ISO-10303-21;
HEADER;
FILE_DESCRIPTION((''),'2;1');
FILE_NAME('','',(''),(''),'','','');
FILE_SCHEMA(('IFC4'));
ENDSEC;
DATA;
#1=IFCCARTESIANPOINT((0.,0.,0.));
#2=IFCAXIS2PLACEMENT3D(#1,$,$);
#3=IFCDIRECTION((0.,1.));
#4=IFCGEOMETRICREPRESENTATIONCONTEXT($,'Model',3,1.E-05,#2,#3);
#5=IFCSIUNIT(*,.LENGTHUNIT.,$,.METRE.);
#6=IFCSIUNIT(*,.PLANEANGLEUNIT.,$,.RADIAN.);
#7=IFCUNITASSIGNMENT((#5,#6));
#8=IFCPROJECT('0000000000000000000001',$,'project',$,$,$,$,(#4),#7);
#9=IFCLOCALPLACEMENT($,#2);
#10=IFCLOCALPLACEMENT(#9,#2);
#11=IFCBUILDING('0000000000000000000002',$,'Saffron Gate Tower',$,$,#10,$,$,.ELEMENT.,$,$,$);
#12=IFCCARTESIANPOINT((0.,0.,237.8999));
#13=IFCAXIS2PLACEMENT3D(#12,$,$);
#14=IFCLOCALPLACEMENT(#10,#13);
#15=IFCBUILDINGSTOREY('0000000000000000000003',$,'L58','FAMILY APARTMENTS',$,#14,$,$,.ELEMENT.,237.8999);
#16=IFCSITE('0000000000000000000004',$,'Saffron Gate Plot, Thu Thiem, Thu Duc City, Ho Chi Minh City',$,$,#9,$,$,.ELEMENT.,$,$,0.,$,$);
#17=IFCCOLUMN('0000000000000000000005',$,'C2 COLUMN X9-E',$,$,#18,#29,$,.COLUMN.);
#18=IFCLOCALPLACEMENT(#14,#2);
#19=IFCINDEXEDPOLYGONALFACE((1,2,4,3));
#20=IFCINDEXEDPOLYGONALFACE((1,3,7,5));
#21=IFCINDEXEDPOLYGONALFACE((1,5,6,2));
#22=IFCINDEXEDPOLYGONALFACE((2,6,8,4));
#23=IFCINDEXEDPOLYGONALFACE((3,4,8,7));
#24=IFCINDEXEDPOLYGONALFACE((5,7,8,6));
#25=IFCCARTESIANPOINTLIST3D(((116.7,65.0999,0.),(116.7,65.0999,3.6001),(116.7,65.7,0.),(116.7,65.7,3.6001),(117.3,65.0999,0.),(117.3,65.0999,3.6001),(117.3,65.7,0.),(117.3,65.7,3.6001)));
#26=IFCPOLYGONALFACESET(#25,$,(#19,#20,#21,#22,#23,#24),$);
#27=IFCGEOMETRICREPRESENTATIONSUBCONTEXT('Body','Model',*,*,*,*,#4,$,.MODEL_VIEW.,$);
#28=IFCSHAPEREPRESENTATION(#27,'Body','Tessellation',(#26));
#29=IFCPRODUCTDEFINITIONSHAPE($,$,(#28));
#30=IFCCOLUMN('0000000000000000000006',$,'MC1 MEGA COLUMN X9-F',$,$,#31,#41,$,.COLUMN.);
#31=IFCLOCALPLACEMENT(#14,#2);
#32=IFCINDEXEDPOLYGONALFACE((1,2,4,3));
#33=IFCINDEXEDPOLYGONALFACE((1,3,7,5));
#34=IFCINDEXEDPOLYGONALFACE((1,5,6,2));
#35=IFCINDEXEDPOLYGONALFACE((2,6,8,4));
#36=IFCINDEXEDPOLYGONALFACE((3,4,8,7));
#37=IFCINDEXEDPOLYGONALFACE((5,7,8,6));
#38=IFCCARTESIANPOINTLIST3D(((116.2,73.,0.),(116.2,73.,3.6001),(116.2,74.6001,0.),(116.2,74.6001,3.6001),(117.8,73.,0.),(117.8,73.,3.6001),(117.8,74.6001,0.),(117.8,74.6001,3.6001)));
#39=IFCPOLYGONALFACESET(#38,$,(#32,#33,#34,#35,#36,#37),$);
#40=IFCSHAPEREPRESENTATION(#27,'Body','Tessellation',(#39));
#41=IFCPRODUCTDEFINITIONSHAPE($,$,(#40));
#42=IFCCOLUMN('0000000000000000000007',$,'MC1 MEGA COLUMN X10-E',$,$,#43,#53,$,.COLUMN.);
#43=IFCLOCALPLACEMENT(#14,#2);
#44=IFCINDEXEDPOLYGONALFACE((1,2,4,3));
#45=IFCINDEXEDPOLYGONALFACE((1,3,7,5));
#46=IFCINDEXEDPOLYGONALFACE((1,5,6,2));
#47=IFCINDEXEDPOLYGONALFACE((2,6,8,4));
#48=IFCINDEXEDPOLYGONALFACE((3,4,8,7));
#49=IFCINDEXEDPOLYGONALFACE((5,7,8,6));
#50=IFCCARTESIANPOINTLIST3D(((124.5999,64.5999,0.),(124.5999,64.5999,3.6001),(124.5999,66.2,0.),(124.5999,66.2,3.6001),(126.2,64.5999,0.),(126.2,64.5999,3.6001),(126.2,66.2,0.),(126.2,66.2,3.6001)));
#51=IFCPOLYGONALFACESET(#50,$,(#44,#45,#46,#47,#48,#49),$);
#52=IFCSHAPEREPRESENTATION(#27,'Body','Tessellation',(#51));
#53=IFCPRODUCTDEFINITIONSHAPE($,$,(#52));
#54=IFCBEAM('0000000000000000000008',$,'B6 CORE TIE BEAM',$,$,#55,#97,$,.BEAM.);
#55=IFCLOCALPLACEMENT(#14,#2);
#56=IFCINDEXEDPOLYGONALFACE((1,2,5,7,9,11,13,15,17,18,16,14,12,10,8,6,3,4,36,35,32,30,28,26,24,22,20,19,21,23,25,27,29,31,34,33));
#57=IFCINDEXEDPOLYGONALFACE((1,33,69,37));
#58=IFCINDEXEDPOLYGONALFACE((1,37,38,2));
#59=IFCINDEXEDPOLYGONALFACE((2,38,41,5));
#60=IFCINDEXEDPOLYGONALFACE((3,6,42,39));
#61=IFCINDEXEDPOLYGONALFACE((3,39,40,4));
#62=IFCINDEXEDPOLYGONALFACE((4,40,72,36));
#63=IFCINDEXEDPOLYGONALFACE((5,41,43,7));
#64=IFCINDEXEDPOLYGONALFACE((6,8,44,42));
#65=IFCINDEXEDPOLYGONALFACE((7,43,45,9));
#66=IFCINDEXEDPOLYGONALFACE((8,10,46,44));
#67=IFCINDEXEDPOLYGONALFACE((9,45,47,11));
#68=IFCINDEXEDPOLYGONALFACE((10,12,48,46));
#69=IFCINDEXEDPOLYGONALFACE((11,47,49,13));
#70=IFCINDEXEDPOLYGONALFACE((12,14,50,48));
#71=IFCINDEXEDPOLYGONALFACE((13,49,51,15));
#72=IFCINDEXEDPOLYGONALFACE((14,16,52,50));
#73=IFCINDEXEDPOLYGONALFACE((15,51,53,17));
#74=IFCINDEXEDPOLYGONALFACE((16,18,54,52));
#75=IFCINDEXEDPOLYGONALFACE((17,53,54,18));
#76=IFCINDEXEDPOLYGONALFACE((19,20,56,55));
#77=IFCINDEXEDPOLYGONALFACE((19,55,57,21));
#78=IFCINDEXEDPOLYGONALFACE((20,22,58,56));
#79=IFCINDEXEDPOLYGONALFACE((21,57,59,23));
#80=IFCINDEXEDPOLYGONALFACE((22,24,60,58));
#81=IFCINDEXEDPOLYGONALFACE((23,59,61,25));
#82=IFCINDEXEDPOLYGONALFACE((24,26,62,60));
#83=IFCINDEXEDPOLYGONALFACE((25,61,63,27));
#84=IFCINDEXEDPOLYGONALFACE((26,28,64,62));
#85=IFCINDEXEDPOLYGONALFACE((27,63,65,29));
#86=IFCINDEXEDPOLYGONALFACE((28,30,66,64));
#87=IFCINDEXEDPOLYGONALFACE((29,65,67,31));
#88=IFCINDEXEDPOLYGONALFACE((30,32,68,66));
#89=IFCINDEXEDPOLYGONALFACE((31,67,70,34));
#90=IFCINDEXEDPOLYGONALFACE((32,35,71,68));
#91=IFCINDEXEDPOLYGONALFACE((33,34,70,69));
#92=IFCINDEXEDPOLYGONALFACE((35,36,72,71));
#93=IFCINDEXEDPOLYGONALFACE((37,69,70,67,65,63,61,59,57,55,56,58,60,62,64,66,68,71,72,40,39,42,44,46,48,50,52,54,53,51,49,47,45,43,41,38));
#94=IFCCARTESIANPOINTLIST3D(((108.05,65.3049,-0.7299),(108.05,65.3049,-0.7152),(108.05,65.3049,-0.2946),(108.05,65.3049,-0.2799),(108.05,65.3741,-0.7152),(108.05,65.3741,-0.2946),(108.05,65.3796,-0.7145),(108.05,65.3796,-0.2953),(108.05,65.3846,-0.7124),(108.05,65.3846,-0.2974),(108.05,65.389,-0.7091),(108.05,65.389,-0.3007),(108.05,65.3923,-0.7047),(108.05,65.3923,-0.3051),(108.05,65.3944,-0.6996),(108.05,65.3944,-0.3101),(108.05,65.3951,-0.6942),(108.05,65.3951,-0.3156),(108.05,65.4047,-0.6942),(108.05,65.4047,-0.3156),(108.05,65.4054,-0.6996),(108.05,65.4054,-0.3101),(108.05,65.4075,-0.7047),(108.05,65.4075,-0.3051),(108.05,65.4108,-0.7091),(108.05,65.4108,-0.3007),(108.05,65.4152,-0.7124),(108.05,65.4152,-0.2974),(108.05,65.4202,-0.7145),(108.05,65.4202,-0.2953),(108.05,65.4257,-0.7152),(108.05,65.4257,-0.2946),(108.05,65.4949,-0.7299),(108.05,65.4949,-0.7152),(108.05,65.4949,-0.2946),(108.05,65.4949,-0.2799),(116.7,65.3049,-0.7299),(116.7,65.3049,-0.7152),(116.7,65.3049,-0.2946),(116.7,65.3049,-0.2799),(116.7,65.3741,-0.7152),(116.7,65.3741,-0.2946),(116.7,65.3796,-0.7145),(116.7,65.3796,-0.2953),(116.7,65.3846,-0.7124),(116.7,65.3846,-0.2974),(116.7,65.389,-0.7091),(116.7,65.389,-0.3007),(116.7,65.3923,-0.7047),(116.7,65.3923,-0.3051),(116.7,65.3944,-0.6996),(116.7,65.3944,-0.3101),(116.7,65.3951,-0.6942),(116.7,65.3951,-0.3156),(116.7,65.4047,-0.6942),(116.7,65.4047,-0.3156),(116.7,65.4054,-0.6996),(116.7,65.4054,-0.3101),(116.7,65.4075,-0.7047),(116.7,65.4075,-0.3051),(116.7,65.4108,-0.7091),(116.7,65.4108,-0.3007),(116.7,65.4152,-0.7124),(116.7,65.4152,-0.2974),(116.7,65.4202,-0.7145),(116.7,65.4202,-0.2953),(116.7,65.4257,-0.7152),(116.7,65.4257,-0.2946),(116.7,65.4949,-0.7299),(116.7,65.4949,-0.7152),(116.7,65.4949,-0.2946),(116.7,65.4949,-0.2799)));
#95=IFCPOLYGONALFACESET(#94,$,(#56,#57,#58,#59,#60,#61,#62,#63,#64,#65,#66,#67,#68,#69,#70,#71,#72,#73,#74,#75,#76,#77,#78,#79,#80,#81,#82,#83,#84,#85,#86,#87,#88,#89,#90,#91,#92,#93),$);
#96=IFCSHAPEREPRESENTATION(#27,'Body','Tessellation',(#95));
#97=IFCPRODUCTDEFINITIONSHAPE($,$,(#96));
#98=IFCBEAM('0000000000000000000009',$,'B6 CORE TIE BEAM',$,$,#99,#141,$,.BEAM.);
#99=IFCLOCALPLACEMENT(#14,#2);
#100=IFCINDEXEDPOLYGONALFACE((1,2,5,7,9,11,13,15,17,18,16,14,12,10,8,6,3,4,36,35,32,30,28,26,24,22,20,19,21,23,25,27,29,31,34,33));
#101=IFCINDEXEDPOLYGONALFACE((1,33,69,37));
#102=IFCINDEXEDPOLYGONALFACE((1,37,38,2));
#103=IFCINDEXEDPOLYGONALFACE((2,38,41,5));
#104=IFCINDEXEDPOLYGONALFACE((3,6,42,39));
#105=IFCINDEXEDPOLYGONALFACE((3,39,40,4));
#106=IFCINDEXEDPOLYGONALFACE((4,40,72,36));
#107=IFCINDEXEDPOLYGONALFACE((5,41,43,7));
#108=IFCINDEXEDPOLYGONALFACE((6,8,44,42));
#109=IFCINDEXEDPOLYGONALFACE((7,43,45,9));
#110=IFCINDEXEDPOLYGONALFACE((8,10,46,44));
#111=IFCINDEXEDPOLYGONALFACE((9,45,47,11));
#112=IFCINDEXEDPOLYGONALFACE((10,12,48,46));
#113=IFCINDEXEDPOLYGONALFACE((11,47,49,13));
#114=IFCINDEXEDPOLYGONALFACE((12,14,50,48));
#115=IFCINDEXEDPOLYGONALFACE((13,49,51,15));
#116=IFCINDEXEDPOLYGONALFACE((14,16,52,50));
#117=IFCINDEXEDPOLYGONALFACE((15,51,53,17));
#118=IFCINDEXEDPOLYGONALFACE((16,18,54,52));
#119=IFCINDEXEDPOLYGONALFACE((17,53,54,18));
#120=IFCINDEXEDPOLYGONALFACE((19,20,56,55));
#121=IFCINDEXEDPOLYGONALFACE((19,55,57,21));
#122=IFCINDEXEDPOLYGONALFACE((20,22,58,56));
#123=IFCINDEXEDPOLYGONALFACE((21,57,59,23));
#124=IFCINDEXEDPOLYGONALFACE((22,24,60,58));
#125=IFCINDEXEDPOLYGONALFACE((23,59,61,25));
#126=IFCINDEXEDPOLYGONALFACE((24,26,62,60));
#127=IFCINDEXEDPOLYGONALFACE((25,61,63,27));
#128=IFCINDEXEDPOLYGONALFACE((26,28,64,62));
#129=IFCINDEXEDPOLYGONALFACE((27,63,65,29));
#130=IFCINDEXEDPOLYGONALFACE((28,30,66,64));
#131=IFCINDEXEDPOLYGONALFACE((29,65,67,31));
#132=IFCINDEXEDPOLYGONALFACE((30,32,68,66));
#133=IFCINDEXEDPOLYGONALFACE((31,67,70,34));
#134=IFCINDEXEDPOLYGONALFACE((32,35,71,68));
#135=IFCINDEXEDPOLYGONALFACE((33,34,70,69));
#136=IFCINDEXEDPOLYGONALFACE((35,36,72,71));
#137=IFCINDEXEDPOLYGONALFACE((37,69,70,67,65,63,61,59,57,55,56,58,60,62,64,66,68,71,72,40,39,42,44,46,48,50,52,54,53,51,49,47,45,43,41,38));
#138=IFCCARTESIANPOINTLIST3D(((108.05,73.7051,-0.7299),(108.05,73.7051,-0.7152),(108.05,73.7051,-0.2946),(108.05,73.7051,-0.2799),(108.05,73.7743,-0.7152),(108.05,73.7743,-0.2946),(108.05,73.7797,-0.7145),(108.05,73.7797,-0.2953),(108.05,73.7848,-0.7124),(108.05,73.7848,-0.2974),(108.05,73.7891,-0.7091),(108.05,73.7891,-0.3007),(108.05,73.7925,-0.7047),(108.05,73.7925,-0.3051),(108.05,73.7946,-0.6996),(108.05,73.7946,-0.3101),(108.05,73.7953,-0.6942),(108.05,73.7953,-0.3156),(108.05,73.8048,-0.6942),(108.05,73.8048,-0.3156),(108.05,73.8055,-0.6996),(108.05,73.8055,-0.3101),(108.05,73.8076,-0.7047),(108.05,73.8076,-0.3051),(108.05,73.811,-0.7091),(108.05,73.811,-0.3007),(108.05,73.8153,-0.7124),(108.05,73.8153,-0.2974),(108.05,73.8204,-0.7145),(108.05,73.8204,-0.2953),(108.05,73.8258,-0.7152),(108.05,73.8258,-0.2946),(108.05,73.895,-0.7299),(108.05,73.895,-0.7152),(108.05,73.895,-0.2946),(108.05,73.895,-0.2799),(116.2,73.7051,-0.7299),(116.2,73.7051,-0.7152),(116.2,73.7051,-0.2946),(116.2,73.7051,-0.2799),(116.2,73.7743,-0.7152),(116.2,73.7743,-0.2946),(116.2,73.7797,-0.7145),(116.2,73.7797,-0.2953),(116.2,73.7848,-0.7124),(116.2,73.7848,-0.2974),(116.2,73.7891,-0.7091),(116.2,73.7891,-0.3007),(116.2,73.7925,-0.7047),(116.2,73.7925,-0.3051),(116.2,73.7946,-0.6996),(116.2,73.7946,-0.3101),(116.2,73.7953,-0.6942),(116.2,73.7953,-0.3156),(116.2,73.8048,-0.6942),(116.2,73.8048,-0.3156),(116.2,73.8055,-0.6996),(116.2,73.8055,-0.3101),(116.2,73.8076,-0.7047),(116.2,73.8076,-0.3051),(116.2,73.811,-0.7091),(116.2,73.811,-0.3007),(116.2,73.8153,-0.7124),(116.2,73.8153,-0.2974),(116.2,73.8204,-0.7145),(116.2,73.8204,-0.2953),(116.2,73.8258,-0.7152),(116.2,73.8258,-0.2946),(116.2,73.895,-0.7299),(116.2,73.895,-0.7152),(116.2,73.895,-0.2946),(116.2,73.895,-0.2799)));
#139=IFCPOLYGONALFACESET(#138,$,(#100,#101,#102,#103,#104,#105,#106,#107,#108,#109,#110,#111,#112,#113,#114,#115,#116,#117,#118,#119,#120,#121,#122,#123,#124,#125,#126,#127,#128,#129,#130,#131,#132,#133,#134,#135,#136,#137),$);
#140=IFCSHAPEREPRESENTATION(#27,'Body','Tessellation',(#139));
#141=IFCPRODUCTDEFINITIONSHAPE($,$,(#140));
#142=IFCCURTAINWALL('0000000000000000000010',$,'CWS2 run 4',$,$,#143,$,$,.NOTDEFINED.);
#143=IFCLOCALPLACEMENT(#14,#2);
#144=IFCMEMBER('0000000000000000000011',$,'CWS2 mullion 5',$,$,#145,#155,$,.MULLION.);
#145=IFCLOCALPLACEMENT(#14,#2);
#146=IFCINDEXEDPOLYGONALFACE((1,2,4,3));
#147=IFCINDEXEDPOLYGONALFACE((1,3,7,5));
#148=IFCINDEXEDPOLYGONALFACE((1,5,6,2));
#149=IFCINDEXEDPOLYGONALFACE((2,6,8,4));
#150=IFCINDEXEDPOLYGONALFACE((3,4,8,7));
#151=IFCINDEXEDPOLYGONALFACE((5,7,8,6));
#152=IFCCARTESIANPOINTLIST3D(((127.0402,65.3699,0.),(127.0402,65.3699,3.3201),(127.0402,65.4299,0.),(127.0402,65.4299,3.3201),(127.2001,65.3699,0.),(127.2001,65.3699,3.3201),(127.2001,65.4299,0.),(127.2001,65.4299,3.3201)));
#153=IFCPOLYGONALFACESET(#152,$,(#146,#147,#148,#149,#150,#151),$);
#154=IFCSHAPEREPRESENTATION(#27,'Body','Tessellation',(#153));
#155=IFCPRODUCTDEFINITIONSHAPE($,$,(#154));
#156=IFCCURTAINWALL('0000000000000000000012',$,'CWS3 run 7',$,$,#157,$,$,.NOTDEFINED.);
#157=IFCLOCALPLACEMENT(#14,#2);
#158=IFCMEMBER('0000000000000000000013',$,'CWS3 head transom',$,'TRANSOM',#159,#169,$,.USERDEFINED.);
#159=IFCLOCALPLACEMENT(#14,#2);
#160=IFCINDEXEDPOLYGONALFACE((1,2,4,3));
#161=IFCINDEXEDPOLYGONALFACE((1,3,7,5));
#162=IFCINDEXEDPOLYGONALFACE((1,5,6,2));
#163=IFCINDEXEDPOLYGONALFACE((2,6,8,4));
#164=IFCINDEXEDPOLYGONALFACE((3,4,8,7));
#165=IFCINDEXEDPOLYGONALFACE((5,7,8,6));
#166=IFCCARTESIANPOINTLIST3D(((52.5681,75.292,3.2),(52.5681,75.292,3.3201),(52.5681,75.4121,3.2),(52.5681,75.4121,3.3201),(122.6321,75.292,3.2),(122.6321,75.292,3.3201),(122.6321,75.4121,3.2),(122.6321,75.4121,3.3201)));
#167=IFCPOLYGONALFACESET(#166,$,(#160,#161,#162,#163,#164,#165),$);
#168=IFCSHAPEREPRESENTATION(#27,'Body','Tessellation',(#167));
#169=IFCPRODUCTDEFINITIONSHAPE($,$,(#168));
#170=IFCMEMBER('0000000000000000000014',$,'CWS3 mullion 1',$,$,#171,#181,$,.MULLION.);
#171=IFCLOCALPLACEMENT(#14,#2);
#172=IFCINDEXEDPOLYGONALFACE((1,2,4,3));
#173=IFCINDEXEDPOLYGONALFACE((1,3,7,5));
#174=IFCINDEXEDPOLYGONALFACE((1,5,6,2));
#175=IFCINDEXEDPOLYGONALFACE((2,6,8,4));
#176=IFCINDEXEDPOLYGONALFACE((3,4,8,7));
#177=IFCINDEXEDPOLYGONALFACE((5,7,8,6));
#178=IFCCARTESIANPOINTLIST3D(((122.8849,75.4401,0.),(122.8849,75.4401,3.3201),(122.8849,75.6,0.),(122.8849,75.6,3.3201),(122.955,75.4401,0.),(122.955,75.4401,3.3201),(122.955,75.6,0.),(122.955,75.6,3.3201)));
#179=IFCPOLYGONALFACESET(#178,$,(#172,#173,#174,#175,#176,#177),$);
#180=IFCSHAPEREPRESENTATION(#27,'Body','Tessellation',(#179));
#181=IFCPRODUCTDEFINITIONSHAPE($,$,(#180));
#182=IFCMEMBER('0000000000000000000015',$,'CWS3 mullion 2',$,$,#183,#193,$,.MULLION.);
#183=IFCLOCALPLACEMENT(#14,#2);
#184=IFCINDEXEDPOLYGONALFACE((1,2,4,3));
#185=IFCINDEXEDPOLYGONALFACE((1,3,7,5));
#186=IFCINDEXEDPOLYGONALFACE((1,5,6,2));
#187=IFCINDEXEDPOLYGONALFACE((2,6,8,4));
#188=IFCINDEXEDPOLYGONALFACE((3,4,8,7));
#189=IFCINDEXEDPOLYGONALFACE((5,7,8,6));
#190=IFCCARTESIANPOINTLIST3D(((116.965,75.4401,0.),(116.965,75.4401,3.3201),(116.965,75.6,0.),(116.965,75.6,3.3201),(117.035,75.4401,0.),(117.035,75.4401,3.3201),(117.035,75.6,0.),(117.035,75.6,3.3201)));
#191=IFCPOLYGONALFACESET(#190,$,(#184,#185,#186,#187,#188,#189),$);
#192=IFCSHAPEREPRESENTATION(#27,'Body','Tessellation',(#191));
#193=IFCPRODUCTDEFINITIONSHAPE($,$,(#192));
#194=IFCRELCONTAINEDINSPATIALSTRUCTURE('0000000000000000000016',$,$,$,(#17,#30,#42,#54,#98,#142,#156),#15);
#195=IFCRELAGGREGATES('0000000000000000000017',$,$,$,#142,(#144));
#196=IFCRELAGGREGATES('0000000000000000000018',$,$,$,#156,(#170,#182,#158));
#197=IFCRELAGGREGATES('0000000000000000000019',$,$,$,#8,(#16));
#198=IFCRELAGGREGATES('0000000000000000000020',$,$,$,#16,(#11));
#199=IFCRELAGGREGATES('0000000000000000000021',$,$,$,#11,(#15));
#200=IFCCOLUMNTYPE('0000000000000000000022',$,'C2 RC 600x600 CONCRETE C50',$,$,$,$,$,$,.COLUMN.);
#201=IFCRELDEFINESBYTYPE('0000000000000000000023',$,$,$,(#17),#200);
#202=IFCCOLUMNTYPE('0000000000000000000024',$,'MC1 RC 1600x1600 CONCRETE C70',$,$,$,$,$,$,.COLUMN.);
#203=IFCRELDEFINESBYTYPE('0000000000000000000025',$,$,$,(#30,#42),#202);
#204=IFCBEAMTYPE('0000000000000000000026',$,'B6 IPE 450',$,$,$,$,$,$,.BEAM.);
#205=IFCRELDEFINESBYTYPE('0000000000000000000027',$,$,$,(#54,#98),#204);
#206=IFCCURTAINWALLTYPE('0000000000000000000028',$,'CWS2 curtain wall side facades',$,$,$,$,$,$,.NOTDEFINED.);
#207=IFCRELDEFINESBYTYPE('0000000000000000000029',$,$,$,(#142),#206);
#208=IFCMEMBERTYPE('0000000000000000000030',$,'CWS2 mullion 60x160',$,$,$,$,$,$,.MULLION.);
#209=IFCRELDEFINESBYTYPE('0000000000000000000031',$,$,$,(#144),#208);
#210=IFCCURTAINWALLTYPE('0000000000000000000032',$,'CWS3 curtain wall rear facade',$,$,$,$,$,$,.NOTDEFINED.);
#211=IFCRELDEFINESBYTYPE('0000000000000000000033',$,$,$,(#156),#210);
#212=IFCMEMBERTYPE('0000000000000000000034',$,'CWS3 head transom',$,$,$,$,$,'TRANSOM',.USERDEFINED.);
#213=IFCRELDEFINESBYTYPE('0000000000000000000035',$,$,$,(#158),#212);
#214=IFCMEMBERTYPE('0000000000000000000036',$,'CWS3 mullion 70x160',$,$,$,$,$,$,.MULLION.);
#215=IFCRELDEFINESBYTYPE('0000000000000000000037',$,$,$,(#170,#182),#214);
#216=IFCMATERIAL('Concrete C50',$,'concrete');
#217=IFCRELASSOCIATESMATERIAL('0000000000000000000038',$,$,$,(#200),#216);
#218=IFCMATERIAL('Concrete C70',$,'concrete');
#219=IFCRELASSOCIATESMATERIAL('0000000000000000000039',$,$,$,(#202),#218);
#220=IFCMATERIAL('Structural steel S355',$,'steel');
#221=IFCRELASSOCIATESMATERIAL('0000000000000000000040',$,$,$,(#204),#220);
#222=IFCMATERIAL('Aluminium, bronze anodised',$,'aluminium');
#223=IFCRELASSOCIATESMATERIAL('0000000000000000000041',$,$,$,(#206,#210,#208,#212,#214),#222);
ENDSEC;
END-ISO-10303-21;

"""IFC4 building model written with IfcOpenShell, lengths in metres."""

from ifc_helpers import new_model, si_unit, direction, frame, origin, origin_2d, place, context, subcontext, project, spatial, rectangle, i_section, extrude, material, material_profile, profile_set, type_object, element, aggregate, save


model = new_model("IFC4")

# Units and contexts
model_context = context("Model", 3, precision=1e-05, world=origin(), true_north=direction((0.0, 1.0)))
body_context = subcontext(model_context, "Body", "Model", "MODEL_VIEW")
ifc_project = project(units=[si_unit("LENGTHUNIT", "METRE"), si_unit("PLANEANGLEUNIT", "RADIAN")], contexts=[model_context])

# Site, building, storey
site_placement = place(None, origin())
site = spatial("IfcSite", under=ifc_project, at=site_placement, Name="Saffron Gate Plot, Thu Thiem, Thu Duc City, Ho Chi Minh City", CompositionType="ELEMENT", RefElevation=0.0)
building_placement = place(site_placement, origin())
building = spatial("IfcBuilding", under=site, at=building_placement, Name="Saffron Gate Tower", CompositionType="ELEMENT")
storey_placement = place(building_placement, frame((0.0, 0.0, 237.8999)))
storey = spatial("IfcBuildingStorey", under=building, at=storey_placement, Name="L58", Description="FAMILY APARTMENTS", CompositionType="ELEMENT", Elevation=237.8999)

# Columns
ifc_material_1 = material(Name="Concrete C50", Category="concrete")
ifc_material_profile_1 = material_profile(ifc_material_1, rectangle(XDim=0.6001, YDim=0.6001, at=origin_2d()))
ifc_profile_set_1 = profile_set([ifc_material_profile_1], Name="Concrete C50")
column_type_1 = type_object("IfcColumnType", Name="C2 RC 600x600 CONCRETE C50", PredefinedType="COLUMN", material=ifc_profile_set_1)
column_placement = place(storey_placement, frame((117.0, 65.3999, 0.0), z_axis=(0.0, 0.0, 1.0), x_axis=(1.0, 0.0, 0.0)))
element("IfcColumn", 1, at=column_placement, inside=storey, type_object=column_type_1, Name="C2 COLUMN X9-E", PredefinedType="COLUMN", context=body_context, shape_type="SweptSolid", body=[
    extrude(rectangle(XDim=0.6001, YDim=0.6001, at=origin_2d()), origin(), (0.0, 0.0, 1.0), 3.6001),
])
ifc_material_2 = material(Name="Concrete C70", Category="concrete")
ifc_material_profile_2 = material_profile(ifc_material_2, rectangle(XDim=1.6001, YDim=1.6001, at=origin_2d()))
ifc_profile_set_2 = profile_set([ifc_material_profile_2], Name="Concrete C70")
column_type_2 = type_object("IfcColumnType", Name="MC1 RC 1600x1600 CONCRETE C70", PredefinedType="COLUMN", material=ifc_profile_set_2)
for number, where, z_axis, x_axis, name in (
    (2, (117.0, 73.8, 0.0), (0.0, 0.0, 1.0), (1.0, 0.0, 0.0), "MC1 MEGA COLUMN X9-F"),
    (3, (125.3999, 65.3999, 0.0), (0.0, 0.0, 1.0), (1.0, 0.0, 0.0), "MC1 MEGA COLUMN X10-E"),
):
    element("IfcColumn", number, at=place(storey_placement, frame(where, z_axis=z_axis, x_axis=x_axis)), inside=storey, type_object=column_type_2, Name=name, PredefinedType="COLUMN", context=body_context, shape_type="SweptSolid", body=[
        extrude(rectangle(XDim=1.6001, YDim=1.6001, at=origin_2d()), origin(), (0.0, 0.0, 1.0), 3.6001),
    ])

# Beams
ifc_material_3 = material(Name="Structural steel S355", Category="steel")
ifc_material_profile_3 = material_profile(ifc_material_3, i_section(OverallWidth=0.1899, OverallDepth=0.45, WebThickness=0.0095, FlangeThickness=0.0146, FilletRadius=0.021, at=origin_2d()))
ifc_profile_set_3 = profile_set([ifc_material_profile_3], Name="Structural steel S355")
beam_type = type_object("IfcBeamType", Name="B6 IPE 450", PredefinedType="BEAM", material=ifc_profile_set_3)
beam_1_placement = place(storey_placement, frame((116.7, 65.3999, -0.5049), z_axis=(-1.0, 0.0, 0.0), x_axis=(0.0, -1.0, 0.0)))
element("IfcBeam", 4, at=beam_1_placement, inside=storey, type_object=beam_type, Name="B6 CORE TIE BEAM", PredefinedType="BEAM", context=body_context, shape_type="SweptSolid", body=[
    extrude(i_section(OverallWidth=0.1899, OverallDepth=0.45, WebThickness=0.0095, FlangeThickness=0.0146, FilletRadius=0.021, at=origin_2d()), origin(), (0.0, 0.0, 1.0), 8.6499),
])
beam_2_placement = place(storey_placement, frame((116.2, 73.8, -0.5049), z_axis=(-1.0, 0.0, 0.0), x_axis=(0.0, -1.0, 0.0)))
element("IfcBeam", 5, at=beam_2_placement, inside=storey, type_object=beam_type, Name="B6 CORE TIE BEAM", PredefinedType="BEAM", context=body_context, shape_type="SweptSolid", body=[
    extrude(i_section(OverallWidth=0.1899, OverallDepth=0.45, WebThickness=0.0095, FlangeThickness=0.0146, FilletRadius=0.021, at=origin_2d()), origin(), (0.0, 0.0, 1.0), 8.1499),
])

# Curtain wall, member
ifc_material_4 = material(Name="Aluminium, bronze anodised", Category="aluminium")
curtain_wall_type_1 = type_object("IfcCurtainWallType", Name="CWS2 curtain wall side facades", PredefinedType="NOTDEFINED", material=ifc_material_4)
curtain_wall_1_placement = place(storey_placement, origin())
curtain_wall_1 = element("IfcCurtainWall", 6, at=curtain_wall_1_placement, inside=storey, type_object=curtain_wall_type_1, Name="CWS2 run 4", PredefinedType="NOTDEFINED")
ifc_material_profile_4 = material_profile(ifc_material_4, rectangle(XDim=0.1599, YDim=0.0601, at=origin_2d()))
ifc_profile_set_4 = profile_set([ifc_material_profile_4], Name="Aluminium, bronze anodised")
member_type_1 = type_object("IfcMemberType", Name="CWS2 mullion 60x160", PredefinedType="MULLION", material=ifc_profile_set_4)
member_1_placement = place(storey_placement, frame((127.1201, 65.3999, 0.0), z_axis=(0.0, 0.0, 1.0), x_axis=(-1.0, 0.0, 0.0)))
member_1 = element("IfcMember", 7, at=member_1_placement, type_object=member_type_1, Name="CWS2 mullion 5", PredefinedType="MULLION", context=body_context, shape_type="SweptSolid", body=[
    extrude(rectangle(XDim=0.1599, YDim=0.0601, at=origin_2d()), origin(), (0.0, 0.0, 1.0), 3.3201),
])
aggregate(curtain_wall_1, [member_1])

# Curtain wall, members
curtain_wall_type_2 = type_object("IfcCurtainWallType", Name="CWS3 curtain wall rear facade", PredefinedType="NOTDEFINED", material=ifc_material_4)
curtain_wall_2_placement = place(storey_placement, origin())
curtain_wall_2 = element("IfcCurtainWall", 8, at=curtain_wall_2_placement, inside=storey, type_object=curtain_wall_type_2, Name="CWS3 run 7", PredefinedType="NOTDEFINED")
ifc_material_profile_5 = material_profile(ifc_material_4, rectangle(XDim=0.1201, YDim=0.1201, at=origin_2d()))
ifc_profile_set_5 = profile_set([ifc_material_profile_5], Name="Aluminium, bronze anodised")
member_type_2 = type_object("IfcMemberType", Name="CWS3 head transom", ElementType="TRANSOM", PredefinedType="USERDEFINED", material=ifc_profile_set_5)
member_2_placement = place(storey_placement, frame((122.6321, 75.3521, 3.26), z_axis=(-1.0, 0.0, 0.0), x_axis=(0.0, -1.0, 0.0)))
member_2 = element("IfcMember", 9, at=member_2_placement, type_object=member_type_2, Name="CWS3 head transom", ObjectType="TRANSOM", PredefinedType="USERDEFINED", context=body_context, shape_type="SweptSolid", body=[
    extrude(rectangle(XDim=0.1201, YDim=0.1201, at=origin_2d()), origin(), (0.0, 0.0, 1.0), 70.064),
])
ifc_material_profile_6 = material_profile(ifc_material_4, rectangle(XDim=0.1599, YDim=0.0701, at=origin_2d()))
ifc_profile_set_6 = profile_set([ifc_material_profile_6], Name="Aluminium, bronze anodised")
member_type_3 = type_object("IfcMemberType", Name="CWS3 mullion 70x160", PredefinedType="MULLION", material=ifc_profile_set_6)
member_3_placement = place(storey_placement, frame((122.9199, 75.52, 0.0), z_axis=(0.0, 0.0, 1.0), x_axis=(0.0, -1.0, 0.0)))
member_3 = element("IfcMember", 10, at=member_3_placement, type_object=member_type_3, Name="CWS3 mullion 1", PredefinedType="MULLION", context=body_context, shape_type="SweptSolid", body=[
    extrude(rectangle(XDim=0.1599, YDim=0.0701, at=origin_2d()), origin(), (0.0, 0.0, 1.0), 3.3201),
])
member_4_placement = place(storey_placement, frame((117.0, 75.52, 0.0), z_axis=(0.0, 0.0, 1.0), x_axis=(0.0, -1.0, 0.0)))
member_4 = element("IfcMember", 11, at=member_4_placement, type_object=member_type_3, Name="CWS3 mullion 2", PredefinedType="MULLION", context=body_context, shape_type="SweptSolid", body=[
    extrude(rectangle(XDim=0.1599, YDim=0.0701, at=origin_2d()), origin(), (0.0, 0.0, 1.0), 3.3201),
])

aggregate(curtain_wall_2, [member_3, member_4, member_2])

save(model, "model.ifc")
